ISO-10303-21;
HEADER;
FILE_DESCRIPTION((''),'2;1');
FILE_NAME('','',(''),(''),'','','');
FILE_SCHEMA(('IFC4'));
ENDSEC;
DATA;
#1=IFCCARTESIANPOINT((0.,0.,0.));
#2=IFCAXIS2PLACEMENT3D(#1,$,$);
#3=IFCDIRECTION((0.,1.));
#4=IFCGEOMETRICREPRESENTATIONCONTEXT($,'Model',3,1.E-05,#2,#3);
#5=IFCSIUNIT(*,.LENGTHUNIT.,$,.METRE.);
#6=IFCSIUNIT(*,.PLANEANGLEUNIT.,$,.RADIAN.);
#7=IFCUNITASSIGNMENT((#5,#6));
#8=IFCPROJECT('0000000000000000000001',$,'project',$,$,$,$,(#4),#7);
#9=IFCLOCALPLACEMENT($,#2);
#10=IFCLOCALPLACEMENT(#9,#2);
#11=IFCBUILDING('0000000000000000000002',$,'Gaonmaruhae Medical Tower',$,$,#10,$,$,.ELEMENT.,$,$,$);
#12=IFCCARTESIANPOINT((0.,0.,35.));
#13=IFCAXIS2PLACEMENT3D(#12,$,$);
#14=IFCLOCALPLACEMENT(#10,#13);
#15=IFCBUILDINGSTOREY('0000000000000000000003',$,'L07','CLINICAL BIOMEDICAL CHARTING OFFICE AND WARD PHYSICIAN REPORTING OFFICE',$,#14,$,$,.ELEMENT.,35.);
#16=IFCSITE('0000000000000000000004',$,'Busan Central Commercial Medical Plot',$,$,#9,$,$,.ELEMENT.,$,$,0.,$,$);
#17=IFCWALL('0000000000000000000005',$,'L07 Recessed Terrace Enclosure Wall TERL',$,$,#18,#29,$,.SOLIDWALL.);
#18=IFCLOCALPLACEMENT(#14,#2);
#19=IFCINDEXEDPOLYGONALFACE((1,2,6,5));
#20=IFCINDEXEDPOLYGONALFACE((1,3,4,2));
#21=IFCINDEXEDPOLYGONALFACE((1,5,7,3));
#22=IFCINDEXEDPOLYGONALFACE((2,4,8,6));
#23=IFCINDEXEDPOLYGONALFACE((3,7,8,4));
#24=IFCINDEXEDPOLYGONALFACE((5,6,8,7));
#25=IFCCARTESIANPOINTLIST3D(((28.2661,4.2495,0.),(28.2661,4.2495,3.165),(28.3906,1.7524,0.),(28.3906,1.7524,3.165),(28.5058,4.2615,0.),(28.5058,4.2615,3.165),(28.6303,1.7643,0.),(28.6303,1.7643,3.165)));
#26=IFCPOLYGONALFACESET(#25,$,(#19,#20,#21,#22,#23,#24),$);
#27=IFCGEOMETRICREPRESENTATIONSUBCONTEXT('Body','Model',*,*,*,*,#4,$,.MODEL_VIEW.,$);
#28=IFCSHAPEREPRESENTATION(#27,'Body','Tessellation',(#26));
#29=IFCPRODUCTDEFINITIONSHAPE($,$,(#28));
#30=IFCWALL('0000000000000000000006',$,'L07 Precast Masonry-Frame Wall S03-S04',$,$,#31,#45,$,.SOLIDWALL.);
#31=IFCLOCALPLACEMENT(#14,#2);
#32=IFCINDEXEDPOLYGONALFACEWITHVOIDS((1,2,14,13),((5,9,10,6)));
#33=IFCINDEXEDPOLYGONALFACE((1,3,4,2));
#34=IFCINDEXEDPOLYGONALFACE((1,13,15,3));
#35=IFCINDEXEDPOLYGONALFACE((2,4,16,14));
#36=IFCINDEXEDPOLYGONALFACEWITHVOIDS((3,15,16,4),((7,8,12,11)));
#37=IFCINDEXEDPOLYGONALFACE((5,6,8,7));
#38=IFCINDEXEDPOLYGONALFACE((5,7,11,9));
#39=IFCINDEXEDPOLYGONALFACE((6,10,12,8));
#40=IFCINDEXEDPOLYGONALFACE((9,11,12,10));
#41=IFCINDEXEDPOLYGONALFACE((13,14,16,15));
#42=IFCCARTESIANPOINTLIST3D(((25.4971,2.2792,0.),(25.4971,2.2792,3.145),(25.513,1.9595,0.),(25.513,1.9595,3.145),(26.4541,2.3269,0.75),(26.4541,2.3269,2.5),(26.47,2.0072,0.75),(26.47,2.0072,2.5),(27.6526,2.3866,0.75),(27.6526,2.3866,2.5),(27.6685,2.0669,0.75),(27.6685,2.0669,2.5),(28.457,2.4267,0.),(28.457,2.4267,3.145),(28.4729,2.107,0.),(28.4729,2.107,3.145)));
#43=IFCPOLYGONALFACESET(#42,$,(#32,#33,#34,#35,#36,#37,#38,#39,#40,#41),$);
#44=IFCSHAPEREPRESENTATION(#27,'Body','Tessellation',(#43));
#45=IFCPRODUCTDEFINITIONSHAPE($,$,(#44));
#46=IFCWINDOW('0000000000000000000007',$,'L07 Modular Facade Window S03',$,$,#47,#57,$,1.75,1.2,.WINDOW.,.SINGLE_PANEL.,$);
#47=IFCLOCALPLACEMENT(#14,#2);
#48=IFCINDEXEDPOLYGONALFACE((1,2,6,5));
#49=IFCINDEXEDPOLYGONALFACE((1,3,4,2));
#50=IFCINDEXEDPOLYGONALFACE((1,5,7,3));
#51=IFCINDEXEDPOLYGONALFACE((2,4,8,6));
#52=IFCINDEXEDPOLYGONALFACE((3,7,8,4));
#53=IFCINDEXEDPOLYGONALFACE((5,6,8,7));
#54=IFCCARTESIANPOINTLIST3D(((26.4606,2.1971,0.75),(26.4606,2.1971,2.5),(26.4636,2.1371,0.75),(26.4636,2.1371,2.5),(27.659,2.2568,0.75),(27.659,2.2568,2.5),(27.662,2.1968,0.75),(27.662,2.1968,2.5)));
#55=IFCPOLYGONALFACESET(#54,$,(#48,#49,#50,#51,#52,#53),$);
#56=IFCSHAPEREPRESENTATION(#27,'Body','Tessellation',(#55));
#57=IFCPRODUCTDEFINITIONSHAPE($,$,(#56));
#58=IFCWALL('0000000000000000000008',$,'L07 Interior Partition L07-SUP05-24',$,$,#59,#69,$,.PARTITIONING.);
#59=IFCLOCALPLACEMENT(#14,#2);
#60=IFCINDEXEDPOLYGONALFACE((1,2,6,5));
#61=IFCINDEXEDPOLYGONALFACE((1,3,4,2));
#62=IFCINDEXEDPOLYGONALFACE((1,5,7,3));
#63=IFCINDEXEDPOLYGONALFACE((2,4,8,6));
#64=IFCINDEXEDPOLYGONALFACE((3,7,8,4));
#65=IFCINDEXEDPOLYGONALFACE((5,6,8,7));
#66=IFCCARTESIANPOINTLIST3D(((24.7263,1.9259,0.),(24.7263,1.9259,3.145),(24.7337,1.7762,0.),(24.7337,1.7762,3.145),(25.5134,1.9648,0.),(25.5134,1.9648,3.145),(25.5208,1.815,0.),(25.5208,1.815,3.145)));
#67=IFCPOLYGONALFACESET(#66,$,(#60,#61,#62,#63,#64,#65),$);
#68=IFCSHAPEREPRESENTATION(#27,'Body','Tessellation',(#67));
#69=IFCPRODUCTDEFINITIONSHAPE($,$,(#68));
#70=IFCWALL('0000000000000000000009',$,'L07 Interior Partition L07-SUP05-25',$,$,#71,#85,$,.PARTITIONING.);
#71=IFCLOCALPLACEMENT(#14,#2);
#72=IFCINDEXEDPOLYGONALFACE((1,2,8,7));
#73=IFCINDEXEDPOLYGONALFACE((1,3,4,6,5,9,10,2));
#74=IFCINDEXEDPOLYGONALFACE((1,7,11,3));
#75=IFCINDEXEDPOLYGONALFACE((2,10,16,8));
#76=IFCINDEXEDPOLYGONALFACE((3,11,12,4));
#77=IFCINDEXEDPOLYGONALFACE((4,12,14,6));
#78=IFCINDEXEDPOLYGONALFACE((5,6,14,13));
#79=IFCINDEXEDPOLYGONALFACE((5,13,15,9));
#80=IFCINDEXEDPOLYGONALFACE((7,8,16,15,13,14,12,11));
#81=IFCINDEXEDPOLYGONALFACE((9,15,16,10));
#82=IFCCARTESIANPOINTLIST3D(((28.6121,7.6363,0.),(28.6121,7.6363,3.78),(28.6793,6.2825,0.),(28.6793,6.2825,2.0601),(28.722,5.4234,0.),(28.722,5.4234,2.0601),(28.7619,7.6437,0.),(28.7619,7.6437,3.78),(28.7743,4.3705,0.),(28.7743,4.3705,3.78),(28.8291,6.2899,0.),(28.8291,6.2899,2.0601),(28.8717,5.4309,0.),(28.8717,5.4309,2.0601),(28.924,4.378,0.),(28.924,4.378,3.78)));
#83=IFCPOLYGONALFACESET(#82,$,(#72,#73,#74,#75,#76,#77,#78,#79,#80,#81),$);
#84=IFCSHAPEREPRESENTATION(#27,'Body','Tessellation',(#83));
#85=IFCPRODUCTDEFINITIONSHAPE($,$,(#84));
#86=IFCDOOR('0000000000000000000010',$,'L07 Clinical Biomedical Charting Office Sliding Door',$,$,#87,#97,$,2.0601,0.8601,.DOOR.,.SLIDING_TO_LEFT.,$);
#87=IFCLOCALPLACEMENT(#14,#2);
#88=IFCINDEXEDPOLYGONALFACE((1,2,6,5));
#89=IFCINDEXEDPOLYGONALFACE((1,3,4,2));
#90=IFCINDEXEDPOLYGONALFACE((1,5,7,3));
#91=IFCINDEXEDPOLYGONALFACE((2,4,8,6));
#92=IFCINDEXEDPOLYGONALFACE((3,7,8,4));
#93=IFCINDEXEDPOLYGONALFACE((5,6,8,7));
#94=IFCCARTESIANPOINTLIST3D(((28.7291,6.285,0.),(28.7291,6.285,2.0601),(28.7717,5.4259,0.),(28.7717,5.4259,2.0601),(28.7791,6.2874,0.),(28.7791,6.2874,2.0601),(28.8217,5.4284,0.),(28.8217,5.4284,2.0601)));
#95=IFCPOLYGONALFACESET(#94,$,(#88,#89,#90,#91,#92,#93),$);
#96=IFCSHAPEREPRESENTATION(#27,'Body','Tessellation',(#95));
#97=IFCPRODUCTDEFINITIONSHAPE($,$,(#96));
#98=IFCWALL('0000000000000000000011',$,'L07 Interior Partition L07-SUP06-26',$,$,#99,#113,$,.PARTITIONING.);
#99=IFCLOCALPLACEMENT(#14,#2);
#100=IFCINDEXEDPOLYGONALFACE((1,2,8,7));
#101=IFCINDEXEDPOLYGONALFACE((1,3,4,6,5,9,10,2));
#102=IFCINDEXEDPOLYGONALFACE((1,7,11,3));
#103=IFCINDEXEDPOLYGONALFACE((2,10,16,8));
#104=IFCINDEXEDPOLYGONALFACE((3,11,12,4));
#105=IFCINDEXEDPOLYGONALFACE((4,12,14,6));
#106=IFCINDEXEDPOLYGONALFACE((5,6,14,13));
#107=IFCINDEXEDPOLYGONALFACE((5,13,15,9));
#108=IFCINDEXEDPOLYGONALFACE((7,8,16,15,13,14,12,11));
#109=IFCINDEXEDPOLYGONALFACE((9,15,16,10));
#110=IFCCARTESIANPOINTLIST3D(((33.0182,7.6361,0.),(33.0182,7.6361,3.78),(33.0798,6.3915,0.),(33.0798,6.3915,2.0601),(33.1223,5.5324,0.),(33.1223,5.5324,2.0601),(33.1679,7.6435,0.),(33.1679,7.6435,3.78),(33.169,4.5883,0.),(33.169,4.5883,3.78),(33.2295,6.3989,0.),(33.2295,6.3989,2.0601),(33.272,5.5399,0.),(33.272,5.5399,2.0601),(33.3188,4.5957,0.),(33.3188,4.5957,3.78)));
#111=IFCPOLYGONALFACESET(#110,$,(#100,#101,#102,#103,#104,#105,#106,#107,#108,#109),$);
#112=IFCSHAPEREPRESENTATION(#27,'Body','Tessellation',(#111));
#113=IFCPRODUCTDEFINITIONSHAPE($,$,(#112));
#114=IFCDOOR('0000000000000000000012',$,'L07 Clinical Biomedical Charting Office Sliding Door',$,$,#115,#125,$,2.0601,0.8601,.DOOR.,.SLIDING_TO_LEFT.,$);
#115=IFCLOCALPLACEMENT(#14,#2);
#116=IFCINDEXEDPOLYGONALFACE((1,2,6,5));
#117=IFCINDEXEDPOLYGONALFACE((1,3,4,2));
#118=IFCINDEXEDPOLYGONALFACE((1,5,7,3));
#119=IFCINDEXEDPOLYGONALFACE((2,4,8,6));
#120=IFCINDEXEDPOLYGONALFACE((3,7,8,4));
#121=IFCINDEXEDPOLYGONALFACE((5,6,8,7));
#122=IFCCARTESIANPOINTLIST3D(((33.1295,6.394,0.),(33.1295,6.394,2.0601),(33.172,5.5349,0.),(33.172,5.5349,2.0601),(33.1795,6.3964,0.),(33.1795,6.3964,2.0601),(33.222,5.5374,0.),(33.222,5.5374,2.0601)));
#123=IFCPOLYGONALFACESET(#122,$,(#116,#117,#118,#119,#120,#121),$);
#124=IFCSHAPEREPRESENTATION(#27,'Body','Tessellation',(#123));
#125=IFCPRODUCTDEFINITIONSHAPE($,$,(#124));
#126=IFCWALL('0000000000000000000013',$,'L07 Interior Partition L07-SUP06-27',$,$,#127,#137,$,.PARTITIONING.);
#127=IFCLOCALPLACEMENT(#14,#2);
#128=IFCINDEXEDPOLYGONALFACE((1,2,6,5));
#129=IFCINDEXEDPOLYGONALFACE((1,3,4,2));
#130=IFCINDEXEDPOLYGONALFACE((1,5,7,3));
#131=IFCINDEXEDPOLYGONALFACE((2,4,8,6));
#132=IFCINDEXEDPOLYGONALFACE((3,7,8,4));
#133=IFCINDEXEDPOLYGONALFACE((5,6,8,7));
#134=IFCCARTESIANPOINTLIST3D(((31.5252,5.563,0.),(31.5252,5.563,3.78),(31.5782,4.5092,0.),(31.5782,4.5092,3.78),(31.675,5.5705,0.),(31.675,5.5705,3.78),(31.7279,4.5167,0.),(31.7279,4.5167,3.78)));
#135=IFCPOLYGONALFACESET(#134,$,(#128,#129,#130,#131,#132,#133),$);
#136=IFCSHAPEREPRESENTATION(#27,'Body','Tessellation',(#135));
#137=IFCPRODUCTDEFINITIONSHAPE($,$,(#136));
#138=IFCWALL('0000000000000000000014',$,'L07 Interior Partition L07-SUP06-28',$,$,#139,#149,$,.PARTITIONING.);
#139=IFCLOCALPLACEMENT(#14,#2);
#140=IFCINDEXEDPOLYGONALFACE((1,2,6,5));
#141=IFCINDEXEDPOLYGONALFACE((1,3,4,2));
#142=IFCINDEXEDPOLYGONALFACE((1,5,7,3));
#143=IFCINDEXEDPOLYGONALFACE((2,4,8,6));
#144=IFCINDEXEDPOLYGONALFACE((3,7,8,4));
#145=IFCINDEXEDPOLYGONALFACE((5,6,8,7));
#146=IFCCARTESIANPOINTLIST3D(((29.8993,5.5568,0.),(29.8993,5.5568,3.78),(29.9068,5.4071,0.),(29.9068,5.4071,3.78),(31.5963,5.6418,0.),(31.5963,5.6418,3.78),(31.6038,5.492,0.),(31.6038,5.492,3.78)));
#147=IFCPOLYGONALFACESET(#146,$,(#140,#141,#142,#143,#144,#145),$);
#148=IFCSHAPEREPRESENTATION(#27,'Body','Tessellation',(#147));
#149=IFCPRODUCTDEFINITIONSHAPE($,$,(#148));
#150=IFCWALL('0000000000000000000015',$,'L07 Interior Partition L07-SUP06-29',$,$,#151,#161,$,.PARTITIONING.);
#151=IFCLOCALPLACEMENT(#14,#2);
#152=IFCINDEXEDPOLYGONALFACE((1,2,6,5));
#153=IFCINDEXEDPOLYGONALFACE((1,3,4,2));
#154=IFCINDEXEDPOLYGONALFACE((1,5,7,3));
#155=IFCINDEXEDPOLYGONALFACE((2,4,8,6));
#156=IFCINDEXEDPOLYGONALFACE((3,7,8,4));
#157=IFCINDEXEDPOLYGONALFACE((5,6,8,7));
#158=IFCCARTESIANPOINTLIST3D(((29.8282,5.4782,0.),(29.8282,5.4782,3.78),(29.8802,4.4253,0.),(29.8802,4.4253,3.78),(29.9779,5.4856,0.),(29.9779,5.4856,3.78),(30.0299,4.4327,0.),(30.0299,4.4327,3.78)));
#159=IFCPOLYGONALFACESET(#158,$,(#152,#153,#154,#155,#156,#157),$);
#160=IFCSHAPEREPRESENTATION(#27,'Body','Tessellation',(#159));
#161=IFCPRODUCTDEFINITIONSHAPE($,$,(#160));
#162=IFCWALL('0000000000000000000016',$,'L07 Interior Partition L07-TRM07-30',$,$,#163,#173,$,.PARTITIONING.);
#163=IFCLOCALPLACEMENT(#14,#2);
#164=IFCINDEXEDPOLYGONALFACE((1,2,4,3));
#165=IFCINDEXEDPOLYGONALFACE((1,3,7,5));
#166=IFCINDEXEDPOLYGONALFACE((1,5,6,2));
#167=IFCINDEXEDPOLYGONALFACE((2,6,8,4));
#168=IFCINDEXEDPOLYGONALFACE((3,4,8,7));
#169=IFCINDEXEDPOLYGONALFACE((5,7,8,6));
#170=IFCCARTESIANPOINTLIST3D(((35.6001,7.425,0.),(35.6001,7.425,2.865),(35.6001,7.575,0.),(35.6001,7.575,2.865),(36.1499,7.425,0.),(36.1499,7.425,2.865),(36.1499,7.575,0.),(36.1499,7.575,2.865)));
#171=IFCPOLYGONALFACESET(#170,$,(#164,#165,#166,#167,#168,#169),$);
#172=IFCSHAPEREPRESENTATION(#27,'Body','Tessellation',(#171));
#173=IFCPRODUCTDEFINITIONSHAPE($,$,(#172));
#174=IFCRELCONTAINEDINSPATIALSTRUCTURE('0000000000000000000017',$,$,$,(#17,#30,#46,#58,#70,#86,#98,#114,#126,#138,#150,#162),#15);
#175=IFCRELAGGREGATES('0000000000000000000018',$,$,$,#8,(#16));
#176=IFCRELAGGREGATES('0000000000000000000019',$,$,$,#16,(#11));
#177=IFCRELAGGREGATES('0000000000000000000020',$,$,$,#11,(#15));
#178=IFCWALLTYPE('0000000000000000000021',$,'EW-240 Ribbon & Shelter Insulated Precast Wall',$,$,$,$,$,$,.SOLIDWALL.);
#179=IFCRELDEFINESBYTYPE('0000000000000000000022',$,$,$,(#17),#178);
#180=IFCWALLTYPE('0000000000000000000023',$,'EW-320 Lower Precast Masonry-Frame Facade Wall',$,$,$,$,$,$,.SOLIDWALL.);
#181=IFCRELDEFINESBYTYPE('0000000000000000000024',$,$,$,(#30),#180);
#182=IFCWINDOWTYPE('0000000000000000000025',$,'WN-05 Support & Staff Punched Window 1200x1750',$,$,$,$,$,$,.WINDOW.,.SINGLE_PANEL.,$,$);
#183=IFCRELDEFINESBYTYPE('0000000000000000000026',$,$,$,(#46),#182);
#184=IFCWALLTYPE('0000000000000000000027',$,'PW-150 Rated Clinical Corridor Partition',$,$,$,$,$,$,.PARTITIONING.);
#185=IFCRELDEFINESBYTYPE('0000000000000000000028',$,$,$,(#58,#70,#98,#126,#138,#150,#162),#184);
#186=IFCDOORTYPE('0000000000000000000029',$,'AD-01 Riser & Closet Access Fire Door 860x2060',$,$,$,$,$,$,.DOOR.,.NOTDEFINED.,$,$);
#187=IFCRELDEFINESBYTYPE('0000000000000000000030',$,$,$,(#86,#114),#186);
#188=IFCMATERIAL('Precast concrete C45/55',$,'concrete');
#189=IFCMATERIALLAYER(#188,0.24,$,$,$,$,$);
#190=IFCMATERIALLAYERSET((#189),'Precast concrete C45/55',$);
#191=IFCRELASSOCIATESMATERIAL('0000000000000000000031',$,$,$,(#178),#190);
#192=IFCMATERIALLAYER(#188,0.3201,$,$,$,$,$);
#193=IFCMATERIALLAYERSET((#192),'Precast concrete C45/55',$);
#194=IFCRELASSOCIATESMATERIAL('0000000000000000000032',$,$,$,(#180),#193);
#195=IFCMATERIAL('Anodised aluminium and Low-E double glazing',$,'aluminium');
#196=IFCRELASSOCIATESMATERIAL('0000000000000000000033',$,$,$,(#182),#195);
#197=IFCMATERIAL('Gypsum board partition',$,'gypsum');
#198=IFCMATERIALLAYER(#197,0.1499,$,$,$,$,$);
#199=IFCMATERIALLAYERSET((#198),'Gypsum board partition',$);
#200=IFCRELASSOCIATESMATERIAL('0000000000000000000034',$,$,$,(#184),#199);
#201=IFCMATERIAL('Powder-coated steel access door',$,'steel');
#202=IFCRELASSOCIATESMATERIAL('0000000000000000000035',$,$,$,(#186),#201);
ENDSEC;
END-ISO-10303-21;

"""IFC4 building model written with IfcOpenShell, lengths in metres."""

from ifc_helpers import new_model, si_unit, direction, frame, frame_2d, origin, place, context, subcontext, project, spatial, rectangle, extrude, material, layer, layer_set, type_object, element, fill, save


model = new_model("IFC4")

# Units and contexts
model_context = context("Model", 3, precision=1e-05, world=origin(), true_north=direction((0.0, 1.0)))
body_context = subcontext(model_context, "Body", "Model", "MODEL_VIEW")
ifc_project = project(units=[si_unit("LENGTHUNIT", "METRE"), si_unit("PLANEANGLEUNIT", "RADIAN")], contexts=[model_context])

# Site, building, storey
site_placement = place(None, origin())
site = spatial("IfcSite", under=ifc_project, at=site_placement, Name="Busan Central Commercial Medical Plot", CompositionType="ELEMENT", RefElevation=0.0)
building_placement = place(site_placement, origin())
building = spatial("IfcBuilding", under=site, at=building_placement, Name="Gaonmaruhae Medical Tower", CompositionType="ELEMENT")
storey_placement = place(building_placement, frame((0.0, 0.0, 35.0)))
storey = spatial("IfcBuildingStorey", under=building, at=storey_placement, Name="L07", Description="CLINICAL BIOMEDICAL CHARTING OFFICE AND WARD PHYSICIAN REPORTING OFFICE", CompositionType="ELEMENT", Elevation=35.0)

# Wall
ifc_material_1 = material(Name="Precast concrete C45/55", Category="concrete")
ifc_layer_1 = layer(ifc_material_1, 0.24)
ifc_layer_set_1 = layer_set([ifc_layer_1], Name="Precast concrete C45/55")
wall_type_1 = type_object("IfcWallType", Name="EW-240 Ribbon & Shelter Insulated Precast Wall", PredefinedType="SOLIDWALL", material=ifc_layer_set_1)
wall_1_placement = place(storey_placement, frame((28.386, 4.2554, 0.0), z_axis=(0.0, 0.0, 1.0), x_axis=(0.049801, -0.998759, 0.0)))
element("IfcWall", 1, at=wall_1_placement, inside=storey, type_object=wall_type_1, Name="L07 Recessed Terrace Enclosure Wall TERL", PredefinedType="SOLIDWALL", context=body_context, shape_type="SweptSolid", body=[
    extrude(rectangle(XDim=2.5002, YDim=0.24, at=frame_2d((1.25, 0.0))), origin(), (0.0, 0.0, 1.0), 3.165),
])

# Wall, opening, window
ifc_layer_2 = layer(ifc_material_1, 0.3201)
ifc_layer_set_2 = layer_set([ifc_layer_2], Name="Precast concrete C45/55")
wall_type_2 = type_object("IfcWallType", Name="EW-320 Lower Precast Masonry-Frame Facade Wall", PredefinedType="SOLIDWALL", material=ifc_layer_set_2)
wall_2_placement = place(storey_placement, frame((28.4651, 2.2668, 0.0), z_axis=(0.0, 0.0, 1.0), x_axis=(-0.998761, -0.049757, 0.0)))
wall_2 = element("IfcWall", 2, at=wall_2_placement, inside=storey, type_object=wall_type_2, Name="L07 Precast Masonry-Frame Wall S03-S04", PredefinedType="SOLIDWALL", context=body_context, shape_type="SweptSolid", body=[
    extrude(rectangle(XDim=2.9636, YDim=0.3201, at=frame_2d((1.4819, 0.0))), origin(), (0.0, 0.0, 1.0), 3.145),
])
opening_1_placement = place(wall_2_placement, frame((0.8054, 0.0, 0.75)))
opening_1 = element("IfcOpeningElement", 3, at=opening_1_placement, cuts=wall_2, PredefinedType="OPENING", context=body_context, shape_type="SweptSolid", body=[
    extrude(rectangle(XDim=1.2, YDim=1.75, at=frame_2d((0.6001, 0.875))), frame((0.0, 0.1699, 0.0), z_axis=(0.0, -1.0, 0.0), x_axis=(1.0, 0.0, 0.0)), (0.0, 0.0, 1.0), 0.3401),
])
ifc_material_2 = material(Name="Anodised aluminium and Low-E double glazing", Category="aluminium")
window_type = type_object("IfcWindowType", Name="WN-05 Support & Staff Punched Window 1200x1750", PartitioningType="SINGLE_PANEL", PredefinedType="WINDOW", material=ifc_material_2)
window_placement = place(opening_1_placement, origin())
window = element("IfcWindow", 4, at=window_placement, inside=storey, type_object=window_type, Name="L07 Modular Facade Window S03", OverallHeight=1.75, OverallWidth=1.2, PartitioningType="SINGLE_PANEL", PredefinedType="WINDOW", context=body_context, shape_type="SweptSolid", body=[
    extrude(rectangle(XDim=1.2, YDim=1.75, at=frame_2d((0.6001, 0.875))), frame((0.0, 0.03, 0.0), z_axis=(0.0, -1.0, 0.0), x_axis=(1.0, 0.0, 0.0)), (0.0, 0.0, 1.0), 0.0601),
])
fill(opening_1, window)

# Wall
ifc_material_3 = material(Name="Gypsum board partition", Category="gypsum")
ifc_layer_3 = layer(ifc_material_3, 0.1499)
ifc_layer_set_3 = layer_set([ifc_layer_3], Name="Gypsum board partition")
wall_type_3 = type_object("IfcWallType", Name="PW-150 Rated Clinical Corridor Partition", PredefinedType="PARTITIONING", material=ifc_layer_set_3)
wall_3_placement = place(storey_placement, frame((25.5171, 1.8899, 0.0), z_axis=(0.0, 0.0, 1.0), x_axis=(-0.998786, -0.049258, 0.0)))
element("IfcWall", 5, at=wall_3_placement, inside=storey, type_object=wall_type_3, Name="L07 Interior Partition L07-SUP05-24", PredefinedType="PARTITIONING", context=body_context, shape_type="SweptSolid", body=[
    extrude(rectangle(XDim=0.7881, YDim=0.1499, at=frame_2d((0.394, 0.0))), origin(), (0.0, 0.0, 1.0), 3.145),
])

# Walls, openings, doors
wall_4_placement = place(storey_placement, frame((28.687, 7.6399, 0.0), z_axis=(0.0, 0.0, 1.0), x_axis=(0.049576, -0.99877, 0.0)))
wall_4 = element("IfcWall", 6, at=wall_4_placement, inside=storey, type_object=wall_type_3, Name="L07 Interior Partition L07-SUP05-25", PredefinedType="PARTITIONING", context=body_context, shape_type="SweptSolid", body=[
    extrude(rectangle(XDim=3.2698, YDim=0.1499, at=frame_2d((1.6348, 0.0))), origin(), (0.0, 0.0, 1.0), 3.78),
])
opening_2_placement = place(wall_4_placement, frame((1.3552, 0.0, 0.0)))
opening_2 = element("IfcOpeningElement", 7, at=opening_2_placement, cuts=wall_4, PredefinedType="OPENING", context=body_context, shape_type="SweptSolid", body=[
    extrude(rectangle(XDim=0.8601, YDim=2.0601, at=frame_2d((0.4302, 1.03))), frame((0.0, 0.085, 0.0), z_axis=(0.0, -1.0, 0.0), x_axis=(1.0, 0.0, 0.0)), (0.0, 0.0, 1.0), 0.1699),
])
ifc_material_4 = material(Name="Powder-coated steel access door", Category="steel")
door_type = type_object("IfcDoorType", Name="AD-01 Riser & Closet Access Fire Door 860x2060", OperationType="NOTDEFINED", PredefinedType="DOOR", material=ifc_material_4)
door_1_placement = place(opening_2_placement, origin())
door_1 = element("IfcDoor", 8, at=door_1_placement, inside=storey, type_object=door_type, Name="L07 Clinical Biomedical Charting Office Sliding Door", OperationType="SLIDING_TO_LEFT", OverallHeight=2.0601, OverallWidth=0.8601, PredefinedType="DOOR", context=body_context, shape_type="SweptSolid", body=[
    extrude(rectangle(XDim=0.8601, YDim=2.0601, at=frame_2d((0.4302, 1.03))), frame((0.0, 0.0249, 0.0), z_axis=(0.0, -1.0, 0.0), x_axis=(1.0, 0.0, 0.0)), (0.0, 0.0, 1.0), 0.05),
])
fill(opening_2, door_1)
wall_5_placement = place(storey_placement, frame((33.093, 7.6399, 0.0), z_axis=(0.0, 0.0, 1.0), x_axis=(0.049443, -0.998777, 0.0)))
wall_5 = element("IfcWall", 9, at=wall_5_placement, inside=storey, type_object=wall_type_3, Name="L07 Interior Partition L07-SUP06-26", PredefinedType="PARTITIONING", context=body_context, shape_type="SweptSolid", body=[
    extrude(rectangle(XDim=3.0515, YDim=0.1499, at=frame_2d((1.5259, 0.0))), origin(), (0.0, 0.0, 1.0), 3.78),
])
opening_3_placement = place(wall_5_placement, frame((1.2461, 0.0, 0.0)))
opening_3 = element("IfcOpeningElement", 10, at=opening_3_placement, cuts=wall_5, PredefinedType="OPENING", context=body_context, shape_type="SweptSolid", body=[
    extrude(rectangle(XDim=0.8601, YDim=2.0601, at=frame_2d((0.4302, 1.03))), frame((0.0, 0.085, 0.0), z_axis=(0.0, -1.0, 0.0), x_axis=(1.0, 0.0, 0.0)), (0.0, 0.0, 1.0), 0.1699),
])
door_2_placement = place(opening_3_placement, origin())
door_2 = element("IfcDoor", 11, at=door_2_placement, inside=storey, type_object=door_type, Name="L07 Clinical Biomedical Charting Office Sliding Door", OperationType="SLIDING_TO_LEFT", OverallHeight=2.0601, OverallWidth=0.8601, PredefinedType="DOOR", context=body_context, shape_type="SweptSolid", body=[
    extrude(rectangle(XDim=0.8601, YDim=2.0601, at=frame_2d((0.4302, 1.03))), frame((0.0, 0.0249, 0.0), z_axis=(0.0, -1.0, 0.0), x_axis=(1.0, 0.0, 0.0)), (0.0, 0.0, 1.0), 0.05),
])
fill(opening_3, door_2)

# Walls
wall_6_placement = place(storey_placement, frame((31.6531, 4.5129, 0.0), z_axis=(0.0, 0.0, 1.0), x_axis=(-0.050203, 0.998739, 0.0)))
element("IfcWall", 12, at=wall_6_placement, inside=storey, type_object=wall_type_3, Name="L07 Interior Partition L07-SUP06-27", PredefinedType="PARTITIONING", context=body_context, shape_type="SweptSolid", body=[
    extrude(rectangle(XDim=1.0552, YDim=0.1499, at=frame_2d((0.5276, 0.0))), origin(), (0.0, 0.0, 1.0), 3.78),
])
wall_7_placement = place(storey_placement, frame((31.6001, 5.5669, 0.0), z_axis=(0.0, 0.0, 1.0), x_axis=(-0.998749, -0.050002, 0.0)))
element("IfcWall", 13, at=wall_7_placement, inside=storey, type_object=wall_type_3, Name="L07 Interior Partition L07-SUP06-28", PredefinedType="PARTITIONING", context=body_context, shape_type="SweptSolid", body=[
    extrude(rectangle(XDim=1.6992, YDim=0.1499, at=frame_2d((0.8496, 0.0))), origin(), (0.0, 0.0, 1.0), 3.78),
])
wall_8_placement = place(storey_placement, frame((29.9031, 5.4819, 0.0), z_axis=(0.0, 0.0, 1.0), x_axis=(0.049325, -0.998783, 0.0)))
element("IfcWall", 14, at=wall_8_placement, inside=storey, type_object=wall_type_3, Name="L07 Interior Partition L07-SUP06-29", PredefinedType="PARTITIONING", context=body_context, shape_type="SweptSolid", body=[
    extrude(rectangle(XDim=1.0542, YDim=0.1499, at=frame_2d((0.5271, 0.0))), origin(), (0.0, 0.0, 1.0), 3.78),
])
wall_9_placement = place(storey_placement, frame((35.6001, 7.5, 0.0), z_axis=(0.0, 0.0, 1.0), x_axis=(1.0, 0.0, 0.0)))
element("IfcWall", 15, at=wall_9_placement, inside=storey, type_object=wall_type_3, Name="L07 Interior Partition L07-TRM07-30", PredefinedType="PARTITIONING", context=body_context, shape_type="SweptSolid", body=[
    extrude(rectangle(XDim=0.5498, YDim=0.1499, at=frame_2d((0.2749, 0.0))), origin(), (0.0, 0.0, 1.0), 2.865),
])

save(model, "model.ifc")
